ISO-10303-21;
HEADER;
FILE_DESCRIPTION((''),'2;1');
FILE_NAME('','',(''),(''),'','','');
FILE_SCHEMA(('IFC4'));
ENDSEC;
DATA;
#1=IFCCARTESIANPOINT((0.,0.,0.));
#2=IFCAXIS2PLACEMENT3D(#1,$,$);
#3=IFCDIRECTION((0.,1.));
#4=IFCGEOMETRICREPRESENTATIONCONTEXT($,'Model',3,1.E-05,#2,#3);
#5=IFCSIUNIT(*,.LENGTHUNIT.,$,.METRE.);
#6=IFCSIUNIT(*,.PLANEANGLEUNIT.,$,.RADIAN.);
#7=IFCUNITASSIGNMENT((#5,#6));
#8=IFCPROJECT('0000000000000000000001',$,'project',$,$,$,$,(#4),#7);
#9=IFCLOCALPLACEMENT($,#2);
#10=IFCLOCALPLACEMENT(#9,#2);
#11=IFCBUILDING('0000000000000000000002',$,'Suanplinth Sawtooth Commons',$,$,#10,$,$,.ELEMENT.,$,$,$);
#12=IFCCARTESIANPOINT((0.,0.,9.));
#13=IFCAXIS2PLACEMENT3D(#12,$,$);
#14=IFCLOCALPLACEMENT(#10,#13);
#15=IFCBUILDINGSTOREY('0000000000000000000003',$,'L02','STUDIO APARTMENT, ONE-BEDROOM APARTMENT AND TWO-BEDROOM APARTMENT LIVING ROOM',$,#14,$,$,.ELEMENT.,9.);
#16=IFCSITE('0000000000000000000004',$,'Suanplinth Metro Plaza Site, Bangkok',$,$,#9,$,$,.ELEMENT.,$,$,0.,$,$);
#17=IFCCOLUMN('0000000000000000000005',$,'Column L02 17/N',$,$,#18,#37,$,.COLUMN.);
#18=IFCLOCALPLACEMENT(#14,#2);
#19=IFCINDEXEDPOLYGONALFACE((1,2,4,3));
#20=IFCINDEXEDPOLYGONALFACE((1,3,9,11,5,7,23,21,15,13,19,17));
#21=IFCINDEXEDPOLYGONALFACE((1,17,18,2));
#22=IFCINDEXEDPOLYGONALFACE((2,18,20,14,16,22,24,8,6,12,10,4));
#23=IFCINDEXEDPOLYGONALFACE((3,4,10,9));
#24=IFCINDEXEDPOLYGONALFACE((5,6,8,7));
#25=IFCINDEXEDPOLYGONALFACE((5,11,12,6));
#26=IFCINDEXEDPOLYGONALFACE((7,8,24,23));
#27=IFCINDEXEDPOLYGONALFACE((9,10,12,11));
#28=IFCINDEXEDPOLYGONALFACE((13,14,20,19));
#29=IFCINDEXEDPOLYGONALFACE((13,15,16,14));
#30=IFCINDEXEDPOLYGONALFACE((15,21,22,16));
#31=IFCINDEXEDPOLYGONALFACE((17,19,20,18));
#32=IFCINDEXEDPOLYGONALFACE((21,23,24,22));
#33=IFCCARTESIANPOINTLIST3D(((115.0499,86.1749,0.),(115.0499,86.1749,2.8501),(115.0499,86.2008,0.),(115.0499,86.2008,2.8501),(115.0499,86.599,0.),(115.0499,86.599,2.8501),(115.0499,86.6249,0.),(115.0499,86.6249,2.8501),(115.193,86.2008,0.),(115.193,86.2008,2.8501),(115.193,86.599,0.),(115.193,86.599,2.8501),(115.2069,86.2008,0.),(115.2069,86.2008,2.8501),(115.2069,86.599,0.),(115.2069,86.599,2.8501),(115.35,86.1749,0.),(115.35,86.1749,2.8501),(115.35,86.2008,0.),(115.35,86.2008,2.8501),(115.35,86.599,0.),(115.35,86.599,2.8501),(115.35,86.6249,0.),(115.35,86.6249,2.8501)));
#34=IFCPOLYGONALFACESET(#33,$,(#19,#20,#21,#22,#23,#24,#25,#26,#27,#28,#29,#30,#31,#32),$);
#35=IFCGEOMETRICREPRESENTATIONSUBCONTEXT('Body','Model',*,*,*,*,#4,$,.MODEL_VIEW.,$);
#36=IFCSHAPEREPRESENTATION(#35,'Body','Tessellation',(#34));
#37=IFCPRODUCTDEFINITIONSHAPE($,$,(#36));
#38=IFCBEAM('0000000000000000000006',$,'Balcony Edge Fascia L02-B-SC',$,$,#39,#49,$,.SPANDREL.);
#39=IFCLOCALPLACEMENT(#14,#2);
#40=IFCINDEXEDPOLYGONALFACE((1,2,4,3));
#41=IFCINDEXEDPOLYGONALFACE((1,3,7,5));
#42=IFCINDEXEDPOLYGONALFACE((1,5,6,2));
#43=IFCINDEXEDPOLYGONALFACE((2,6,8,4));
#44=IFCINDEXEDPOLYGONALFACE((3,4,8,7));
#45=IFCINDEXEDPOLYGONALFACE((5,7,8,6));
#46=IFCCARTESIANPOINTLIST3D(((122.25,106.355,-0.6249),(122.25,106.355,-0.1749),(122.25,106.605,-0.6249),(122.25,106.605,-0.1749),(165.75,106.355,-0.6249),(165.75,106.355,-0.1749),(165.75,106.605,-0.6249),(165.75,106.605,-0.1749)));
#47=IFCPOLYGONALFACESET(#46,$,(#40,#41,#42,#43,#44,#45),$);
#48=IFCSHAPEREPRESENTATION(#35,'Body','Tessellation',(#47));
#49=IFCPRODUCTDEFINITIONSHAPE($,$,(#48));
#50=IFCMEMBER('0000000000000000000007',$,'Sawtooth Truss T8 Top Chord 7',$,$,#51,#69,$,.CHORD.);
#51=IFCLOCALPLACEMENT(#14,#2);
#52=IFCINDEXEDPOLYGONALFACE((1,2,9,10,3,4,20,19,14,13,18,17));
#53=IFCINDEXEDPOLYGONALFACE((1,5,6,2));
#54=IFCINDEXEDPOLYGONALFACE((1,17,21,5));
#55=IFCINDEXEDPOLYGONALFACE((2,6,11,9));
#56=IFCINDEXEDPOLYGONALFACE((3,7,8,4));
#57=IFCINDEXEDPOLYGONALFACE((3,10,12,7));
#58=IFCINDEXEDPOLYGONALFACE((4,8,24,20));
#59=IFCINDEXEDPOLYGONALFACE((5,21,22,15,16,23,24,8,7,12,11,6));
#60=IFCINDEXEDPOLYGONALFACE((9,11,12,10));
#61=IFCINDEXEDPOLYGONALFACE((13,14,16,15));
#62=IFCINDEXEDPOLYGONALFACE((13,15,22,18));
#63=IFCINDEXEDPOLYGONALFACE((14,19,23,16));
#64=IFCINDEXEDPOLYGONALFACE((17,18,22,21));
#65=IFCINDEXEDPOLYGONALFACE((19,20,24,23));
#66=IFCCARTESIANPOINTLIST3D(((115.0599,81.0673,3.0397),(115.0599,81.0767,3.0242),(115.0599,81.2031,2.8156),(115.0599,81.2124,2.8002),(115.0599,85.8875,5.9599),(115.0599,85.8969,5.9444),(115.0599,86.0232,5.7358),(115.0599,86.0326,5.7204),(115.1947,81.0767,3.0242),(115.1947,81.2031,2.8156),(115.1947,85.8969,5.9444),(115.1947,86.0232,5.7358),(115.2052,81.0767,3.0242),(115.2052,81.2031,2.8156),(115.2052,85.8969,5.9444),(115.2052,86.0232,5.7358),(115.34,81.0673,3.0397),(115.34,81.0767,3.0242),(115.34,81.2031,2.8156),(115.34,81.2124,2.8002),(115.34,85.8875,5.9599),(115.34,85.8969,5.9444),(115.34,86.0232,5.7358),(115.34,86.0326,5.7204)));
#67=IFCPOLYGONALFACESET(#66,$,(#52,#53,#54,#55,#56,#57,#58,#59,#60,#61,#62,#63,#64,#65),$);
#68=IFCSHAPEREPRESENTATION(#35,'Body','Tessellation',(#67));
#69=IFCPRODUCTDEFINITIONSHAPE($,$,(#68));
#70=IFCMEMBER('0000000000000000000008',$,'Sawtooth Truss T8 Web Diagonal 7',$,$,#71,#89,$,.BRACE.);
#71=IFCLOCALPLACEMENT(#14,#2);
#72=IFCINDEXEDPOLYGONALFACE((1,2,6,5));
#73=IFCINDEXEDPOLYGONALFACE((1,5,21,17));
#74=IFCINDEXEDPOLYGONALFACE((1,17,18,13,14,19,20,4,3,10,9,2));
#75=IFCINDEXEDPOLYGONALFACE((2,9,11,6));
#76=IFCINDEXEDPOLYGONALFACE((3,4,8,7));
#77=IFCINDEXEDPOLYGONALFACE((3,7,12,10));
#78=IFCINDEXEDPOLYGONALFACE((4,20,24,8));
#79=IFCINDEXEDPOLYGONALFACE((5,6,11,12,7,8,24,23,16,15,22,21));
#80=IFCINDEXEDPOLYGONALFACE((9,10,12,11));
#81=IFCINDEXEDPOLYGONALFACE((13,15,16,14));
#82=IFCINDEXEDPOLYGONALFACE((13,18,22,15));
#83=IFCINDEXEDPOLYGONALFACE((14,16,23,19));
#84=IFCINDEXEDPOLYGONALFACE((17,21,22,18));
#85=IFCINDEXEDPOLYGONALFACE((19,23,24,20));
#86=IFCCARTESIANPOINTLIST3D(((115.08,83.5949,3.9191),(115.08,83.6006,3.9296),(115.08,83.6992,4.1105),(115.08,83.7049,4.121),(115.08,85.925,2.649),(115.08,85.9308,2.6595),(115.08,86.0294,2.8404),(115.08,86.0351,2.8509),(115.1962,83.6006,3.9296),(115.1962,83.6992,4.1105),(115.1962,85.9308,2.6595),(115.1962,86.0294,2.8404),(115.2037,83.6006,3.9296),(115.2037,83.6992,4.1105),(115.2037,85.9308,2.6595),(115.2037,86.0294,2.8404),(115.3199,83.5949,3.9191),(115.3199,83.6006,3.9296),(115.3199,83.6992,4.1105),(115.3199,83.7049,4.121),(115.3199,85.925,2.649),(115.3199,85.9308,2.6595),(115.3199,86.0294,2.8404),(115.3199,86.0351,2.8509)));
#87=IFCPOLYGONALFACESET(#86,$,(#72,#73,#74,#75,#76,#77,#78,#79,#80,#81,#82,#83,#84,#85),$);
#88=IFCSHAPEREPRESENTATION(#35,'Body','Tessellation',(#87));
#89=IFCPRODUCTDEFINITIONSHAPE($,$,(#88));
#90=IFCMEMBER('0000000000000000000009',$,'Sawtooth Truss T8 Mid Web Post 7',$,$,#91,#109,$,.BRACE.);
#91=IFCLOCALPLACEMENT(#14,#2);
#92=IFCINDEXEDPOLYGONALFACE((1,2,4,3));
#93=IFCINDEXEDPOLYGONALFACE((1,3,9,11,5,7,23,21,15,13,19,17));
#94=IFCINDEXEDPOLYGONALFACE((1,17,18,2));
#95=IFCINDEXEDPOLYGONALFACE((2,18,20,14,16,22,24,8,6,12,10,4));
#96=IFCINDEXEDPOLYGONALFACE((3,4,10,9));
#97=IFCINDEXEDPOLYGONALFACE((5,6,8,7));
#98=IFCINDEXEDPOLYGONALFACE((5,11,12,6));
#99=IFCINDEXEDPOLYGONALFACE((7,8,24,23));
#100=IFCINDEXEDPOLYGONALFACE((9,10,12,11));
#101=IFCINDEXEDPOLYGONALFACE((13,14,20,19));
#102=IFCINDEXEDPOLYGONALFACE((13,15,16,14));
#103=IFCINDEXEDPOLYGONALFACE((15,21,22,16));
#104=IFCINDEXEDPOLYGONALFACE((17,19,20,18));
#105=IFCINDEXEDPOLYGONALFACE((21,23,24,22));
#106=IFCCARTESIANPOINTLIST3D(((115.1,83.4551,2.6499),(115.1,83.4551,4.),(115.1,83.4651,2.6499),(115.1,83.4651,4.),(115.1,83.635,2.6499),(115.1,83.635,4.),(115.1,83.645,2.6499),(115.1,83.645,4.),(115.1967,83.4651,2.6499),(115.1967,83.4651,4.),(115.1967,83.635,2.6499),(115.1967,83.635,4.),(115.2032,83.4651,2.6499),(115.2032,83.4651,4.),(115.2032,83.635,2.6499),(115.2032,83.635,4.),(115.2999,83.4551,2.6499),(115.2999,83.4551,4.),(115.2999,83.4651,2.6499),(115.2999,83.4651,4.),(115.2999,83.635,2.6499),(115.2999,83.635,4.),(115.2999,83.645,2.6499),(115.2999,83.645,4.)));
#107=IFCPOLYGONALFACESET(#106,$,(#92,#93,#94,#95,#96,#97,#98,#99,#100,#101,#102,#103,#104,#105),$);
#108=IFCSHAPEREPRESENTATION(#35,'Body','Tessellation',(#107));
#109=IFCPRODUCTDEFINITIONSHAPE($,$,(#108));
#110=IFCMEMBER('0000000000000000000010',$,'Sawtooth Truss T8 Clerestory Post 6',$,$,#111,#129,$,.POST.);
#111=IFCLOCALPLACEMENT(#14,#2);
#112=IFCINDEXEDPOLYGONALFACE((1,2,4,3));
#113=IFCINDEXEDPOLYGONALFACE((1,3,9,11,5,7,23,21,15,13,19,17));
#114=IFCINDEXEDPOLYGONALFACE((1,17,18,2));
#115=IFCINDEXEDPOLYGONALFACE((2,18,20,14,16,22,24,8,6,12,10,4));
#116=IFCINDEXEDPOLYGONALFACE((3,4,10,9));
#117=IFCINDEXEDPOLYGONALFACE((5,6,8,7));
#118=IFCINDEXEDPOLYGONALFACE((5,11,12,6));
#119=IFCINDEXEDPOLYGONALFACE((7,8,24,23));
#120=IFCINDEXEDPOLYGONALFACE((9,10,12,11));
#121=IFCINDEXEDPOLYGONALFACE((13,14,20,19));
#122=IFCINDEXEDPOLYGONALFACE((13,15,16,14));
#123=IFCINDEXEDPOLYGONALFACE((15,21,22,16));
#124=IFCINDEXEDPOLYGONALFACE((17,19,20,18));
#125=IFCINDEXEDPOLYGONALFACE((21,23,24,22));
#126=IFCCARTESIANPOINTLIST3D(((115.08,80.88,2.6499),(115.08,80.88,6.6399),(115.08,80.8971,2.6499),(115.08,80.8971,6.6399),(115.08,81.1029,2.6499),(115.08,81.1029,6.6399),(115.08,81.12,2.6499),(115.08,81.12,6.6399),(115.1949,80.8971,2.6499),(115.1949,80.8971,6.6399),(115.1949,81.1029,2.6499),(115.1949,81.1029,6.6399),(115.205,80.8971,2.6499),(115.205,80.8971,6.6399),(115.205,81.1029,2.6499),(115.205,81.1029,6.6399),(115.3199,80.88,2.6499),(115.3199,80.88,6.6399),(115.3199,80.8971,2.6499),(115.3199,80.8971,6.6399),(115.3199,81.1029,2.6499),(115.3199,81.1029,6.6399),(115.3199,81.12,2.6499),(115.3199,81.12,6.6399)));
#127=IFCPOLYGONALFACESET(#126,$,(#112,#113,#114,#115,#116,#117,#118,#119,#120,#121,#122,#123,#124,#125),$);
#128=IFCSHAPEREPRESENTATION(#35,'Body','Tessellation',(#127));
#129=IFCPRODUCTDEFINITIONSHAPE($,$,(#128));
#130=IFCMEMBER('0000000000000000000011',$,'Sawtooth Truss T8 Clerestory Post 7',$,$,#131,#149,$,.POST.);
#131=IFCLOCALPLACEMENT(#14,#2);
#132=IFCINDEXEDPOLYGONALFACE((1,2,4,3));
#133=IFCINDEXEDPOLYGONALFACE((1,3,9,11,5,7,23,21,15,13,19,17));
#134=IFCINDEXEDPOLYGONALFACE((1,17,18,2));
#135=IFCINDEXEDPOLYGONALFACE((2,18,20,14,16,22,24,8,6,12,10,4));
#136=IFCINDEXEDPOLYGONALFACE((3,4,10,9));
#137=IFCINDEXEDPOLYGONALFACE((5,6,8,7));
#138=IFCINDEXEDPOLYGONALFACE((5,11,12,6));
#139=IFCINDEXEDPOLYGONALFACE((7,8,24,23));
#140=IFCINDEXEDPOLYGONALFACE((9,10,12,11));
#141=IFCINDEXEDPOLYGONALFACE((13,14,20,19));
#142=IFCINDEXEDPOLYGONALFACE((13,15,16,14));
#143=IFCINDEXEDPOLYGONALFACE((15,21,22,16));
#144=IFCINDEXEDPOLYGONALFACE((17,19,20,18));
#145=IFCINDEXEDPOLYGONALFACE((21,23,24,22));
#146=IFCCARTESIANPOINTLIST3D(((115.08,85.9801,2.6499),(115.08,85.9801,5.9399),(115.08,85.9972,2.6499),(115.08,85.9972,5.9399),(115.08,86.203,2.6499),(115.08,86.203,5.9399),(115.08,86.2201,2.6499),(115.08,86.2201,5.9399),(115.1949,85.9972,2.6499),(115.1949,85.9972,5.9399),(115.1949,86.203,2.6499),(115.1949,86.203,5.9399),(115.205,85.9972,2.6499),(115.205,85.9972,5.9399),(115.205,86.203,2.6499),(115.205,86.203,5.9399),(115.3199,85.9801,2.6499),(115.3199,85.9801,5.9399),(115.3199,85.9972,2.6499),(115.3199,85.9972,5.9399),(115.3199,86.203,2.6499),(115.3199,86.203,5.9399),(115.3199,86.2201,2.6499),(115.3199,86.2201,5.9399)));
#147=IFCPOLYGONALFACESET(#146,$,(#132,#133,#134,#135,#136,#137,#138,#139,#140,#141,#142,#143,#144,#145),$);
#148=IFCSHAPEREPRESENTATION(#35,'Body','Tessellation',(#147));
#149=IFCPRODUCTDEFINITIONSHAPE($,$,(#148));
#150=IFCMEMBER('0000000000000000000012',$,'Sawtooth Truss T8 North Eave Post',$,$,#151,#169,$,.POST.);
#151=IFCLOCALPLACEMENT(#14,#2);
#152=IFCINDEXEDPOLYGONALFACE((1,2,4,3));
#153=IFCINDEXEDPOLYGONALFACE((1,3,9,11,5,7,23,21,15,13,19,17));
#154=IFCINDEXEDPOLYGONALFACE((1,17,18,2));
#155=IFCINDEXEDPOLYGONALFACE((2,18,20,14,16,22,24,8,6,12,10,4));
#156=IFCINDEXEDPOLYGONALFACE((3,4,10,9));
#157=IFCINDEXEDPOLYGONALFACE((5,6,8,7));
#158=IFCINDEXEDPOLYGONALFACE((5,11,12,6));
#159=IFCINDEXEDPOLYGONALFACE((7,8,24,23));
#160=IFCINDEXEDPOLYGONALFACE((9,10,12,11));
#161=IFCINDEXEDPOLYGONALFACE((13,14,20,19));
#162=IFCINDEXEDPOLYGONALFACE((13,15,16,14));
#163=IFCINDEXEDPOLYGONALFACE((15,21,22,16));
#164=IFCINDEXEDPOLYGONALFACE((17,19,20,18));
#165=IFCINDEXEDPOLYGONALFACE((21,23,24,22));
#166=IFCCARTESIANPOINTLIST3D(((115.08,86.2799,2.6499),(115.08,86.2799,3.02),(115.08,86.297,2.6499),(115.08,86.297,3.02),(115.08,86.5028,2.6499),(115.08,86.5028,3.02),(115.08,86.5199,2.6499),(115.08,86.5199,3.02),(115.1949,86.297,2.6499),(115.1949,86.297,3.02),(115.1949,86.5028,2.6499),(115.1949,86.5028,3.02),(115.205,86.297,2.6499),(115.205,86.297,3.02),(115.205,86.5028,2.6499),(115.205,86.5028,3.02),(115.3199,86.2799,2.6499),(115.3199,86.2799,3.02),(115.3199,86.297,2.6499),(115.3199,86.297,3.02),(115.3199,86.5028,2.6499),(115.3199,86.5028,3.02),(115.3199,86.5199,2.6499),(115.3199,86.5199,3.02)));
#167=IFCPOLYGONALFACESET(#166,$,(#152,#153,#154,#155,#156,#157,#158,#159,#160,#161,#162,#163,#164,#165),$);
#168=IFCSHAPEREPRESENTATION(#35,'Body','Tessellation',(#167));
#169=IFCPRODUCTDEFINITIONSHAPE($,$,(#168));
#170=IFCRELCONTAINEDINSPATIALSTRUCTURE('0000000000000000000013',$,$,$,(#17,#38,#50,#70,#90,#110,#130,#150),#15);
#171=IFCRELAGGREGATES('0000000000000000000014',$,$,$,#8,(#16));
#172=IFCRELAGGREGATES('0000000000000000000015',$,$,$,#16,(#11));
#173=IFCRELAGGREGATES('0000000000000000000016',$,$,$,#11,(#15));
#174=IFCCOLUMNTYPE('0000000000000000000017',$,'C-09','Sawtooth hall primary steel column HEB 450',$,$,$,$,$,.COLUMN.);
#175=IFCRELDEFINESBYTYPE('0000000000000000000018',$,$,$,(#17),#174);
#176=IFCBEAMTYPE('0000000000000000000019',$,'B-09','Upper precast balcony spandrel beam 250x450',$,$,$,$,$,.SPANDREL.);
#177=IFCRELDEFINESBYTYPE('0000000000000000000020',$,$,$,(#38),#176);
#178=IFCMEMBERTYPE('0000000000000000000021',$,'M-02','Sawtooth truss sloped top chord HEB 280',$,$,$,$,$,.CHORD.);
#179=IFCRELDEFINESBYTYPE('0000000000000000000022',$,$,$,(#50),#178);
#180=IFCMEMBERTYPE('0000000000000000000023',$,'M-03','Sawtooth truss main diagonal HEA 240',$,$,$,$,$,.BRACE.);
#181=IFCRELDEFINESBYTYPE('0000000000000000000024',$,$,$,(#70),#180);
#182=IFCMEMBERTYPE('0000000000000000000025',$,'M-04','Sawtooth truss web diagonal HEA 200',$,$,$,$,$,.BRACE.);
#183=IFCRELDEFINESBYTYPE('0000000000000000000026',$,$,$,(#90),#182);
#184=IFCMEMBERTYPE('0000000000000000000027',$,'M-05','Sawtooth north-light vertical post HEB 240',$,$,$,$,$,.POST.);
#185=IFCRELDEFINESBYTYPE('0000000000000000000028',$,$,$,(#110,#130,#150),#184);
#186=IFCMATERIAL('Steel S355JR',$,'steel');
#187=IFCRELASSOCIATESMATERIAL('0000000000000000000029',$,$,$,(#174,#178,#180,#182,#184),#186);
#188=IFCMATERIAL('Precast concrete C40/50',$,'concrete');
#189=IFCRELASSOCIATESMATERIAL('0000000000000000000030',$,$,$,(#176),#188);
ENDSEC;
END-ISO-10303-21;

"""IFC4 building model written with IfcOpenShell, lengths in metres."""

from ifc_helpers import new_model, si_unit, direction, frame, origin, origin_2d, place, context, subcontext, project, spatial, rectangle, i_section, extrude, material, material_profile, profile_set, type_object, element, save


model = new_model("IFC4")

# Units and contexts
model_context = context("Model", 3, precision=1e-05, world=origin(), true_north=direction((0.0, 1.0)))
body_context = subcontext(model_context, "Body", "Model", "MODEL_VIEW")
ifc_project = project(units=[si_unit("LENGTHUNIT", "METRE"), si_unit("PLANEANGLEUNIT", "RADIAN")], contexts=[model_context])

# Site, building, storey
site_placement = place(None, origin())
site = spatial("IfcSite", under=ifc_project, at=site_placement, Name="Suanplinth Metro Plaza Site, Bangkok", CompositionType="ELEMENT", RefElevation=0.0)
building_placement = place(site_placement, origin())
building = spatial("IfcBuilding", under=site, at=building_placement, Name="Suanplinth Sawtooth Commons", CompositionType="ELEMENT")
storey_placement = place(building_placement, frame((0.0, 0.0, 9.0)))
storey = spatial("IfcBuildingStorey", under=building, at=storey_placement, Name="L02", Description="STUDIO APARTMENT, ONE-BEDROOM APARTMENT AND TWO-BEDROOM APARTMENT LIVING ROOM", CompositionType="ELEMENT", Elevation=9.0)

# Column
ifc_material_1 = material(Name="Steel S355JR", Category="steel")
ifc_material_profile_1 = material_profile(ifc_material_1, i_section(OverallWidth=0.3, OverallDepth=0.45, WebThickness=0.0139, FlangeThickness=0.0259, at=origin_2d()), Name="HEB 450")
ifc_profile_set_1 = profile_set([ifc_material_profile_1], Name="Steel S355JR")
column_type = type_object("IfcColumnType", Name="C-09", Description="Sawtooth hall primary steel column HEB 450", PredefinedType="COLUMN", material=ifc_profile_set_1)
column_placement = place(storey_placement, frame((115.2, 86.3999, 0.0), z_axis=(0.0, 0.0, 1.0), x_axis=(1.0, 0.0, 0.0)))
element("IfcColumn", 1, at=column_placement, inside=storey, type_object=column_type, Name="Column L02 17/N", PredefinedType="COLUMN", context=body_context, shape_type="SweptSolid", body=[
    extrude(i_section(OverallWidth=0.3, OverallDepth=0.45, WebThickness=0.0139, FlangeThickness=0.0259, at=origin_2d()), origin(), (0.0, 0.0, 1.0), 2.8501),
])

# Beam
ifc_material_2 = material(Name="Precast concrete C40/50", Category="concrete")
ifc_material_profile_2 = material_profile(ifc_material_2, rectangle(XDim=0.25, YDim=0.45, at=origin_2d()), Name="PC-SP 250x450")
ifc_profile_set_2 = profile_set([ifc_material_profile_2], Name="Precast concrete C40/50")
beam_type = type_object("IfcBeamType", Name="B-09", Description="Upper precast balcony spandrel beam 250x450", PredefinedType="SPANDREL", material=ifc_profile_set_2)
beam_placement = place(storey_placement, frame((122.25, 106.48, -0.3999), z_axis=(1.0, 0.0, 0.0), x_axis=(0.0, 1.0, 0.0)))
element("IfcBeam", 2, at=beam_placement, inside=storey, type_object=beam_type, Name="Balcony Edge Fascia L02-B-SC", PredefinedType="SPANDREL", context=body_context, shape_type="SweptSolid", body=[
    extrude(rectangle(XDim=0.25, YDim=0.45, at=origin_2d()), origin(), (0.0, 0.0, 1.0), 43.5),
])

# Members
ifc_material_profile_3 = material_profile(ifc_material_1, i_section(OverallWidth=0.28, OverallDepth=0.28, WebThickness=0.0105, FlangeThickness=0.0181, at=origin_2d()), Name="HEB 280")
ifc_profile_set_3 = profile_set([ifc_material_profile_3], Name="Steel S355JR")
member_type_1 = type_object("IfcMemberType", Name="M-02", Description="Sawtooth truss sloped top chord HEB 280", PredefinedType="CHORD", material=ifc_profile_set_3)
member_1_placement = place(storey_placement, frame((115.2, 81.1399, 2.9199), z_axis=(0.0, 0.855283, 0.518161), x_axis=(-1.0, 0.0, 0.0)))
element("IfcMember", 3, at=member_1_placement, inside=storey, type_object=member_type_1, Name="Sawtooth Truss T8 Top Chord 7", PredefinedType="CHORD", context=body_context, shape_type="SweptSolid", body=[
    extrude(i_section(OverallWidth=0.28, OverallDepth=0.28, WebThickness=0.0105, FlangeThickness=0.0181, at=origin_2d()), origin(), (0.0, 0.0, 1.0), 5.6357),
])
ifc_material_profile_4 = material_profile(ifc_material_1, i_section(OverallWidth=0.24, OverallDepth=0.23, WebThickness=0.0076, FlangeThickness=0.012, at=origin_2d()), Name="HEA 240")
ifc_profile_set_4 = profile_set([ifc_material_profile_4], Name="Steel S355JR")
member_type_2 = type_object("IfcMemberType", Name="M-03", Description="Sawtooth truss main diagonal HEA 240", PredefinedType="BRACE", material=ifc_profile_set_4)
member_2_placement = place(storey_placement, frame((115.2, 83.6499, 4.02), z_axis=(0.0, 0.878043, -0.478581), x_axis=(-1.0, 0.0, 0.0)))
element("IfcMember", 4, at=member_2_placement, inside=storey, type_object=member_type_2, Name="Sawtooth Truss T8 Web Diagonal 7", PredefinedType="BRACE", context=body_context, shape_type="SweptSolid", body=[
    extrude(i_section(OverallWidth=0.24, OverallDepth=0.23, WebThickness=0.0076, FlangeThickness=0.012, at=origin_2d()), origin(), (0.0, 0.0, 1.0), 2.6538),
])
ifc_material_profile_5 = material_profile(ifc_material_1, i_section(OverallWidth=0.2, OverallDepth=0.1899, WebThickness=0.0066, FlangeThickness=0.01, at=origin_2d()), Name="HEA 200")
ifc_profile_set_5 = profile_set([ifc_material_profile_5], Name="Steel S355JR")
member_type_3 = type_object("IfcMemberType", Name="M-04", Description="Sawtooth truss web diagonal HEA 200", PredefinedType="BRACE", material=ifc_profile_set_5)
member_3_placement = place(storey_placement, frame((115.2, 83.55, 2.6499), z_axis=(0.0, 0.0, 1.0), x_axis=(1.0, 0.0, 0.0)))
element("IfcMember", 5, at=member_3_placement, inside=storey, type_object=member_type_3, Name="Sawtooth Truss T8 Mid Web Post 7", PredefinedType="BRACE", context=body_context, shape_type="SweptSolid", body=[
    extrude(i_section(OverallWidth=0.2, OverallDepth=0.1899, WebThickness=0.0066, FlangeThickness=0.01, at=origin_2d()), origin(), (0.0, 0.0, 1.0), 1.3501),
])
ifc_material_profile_6 = material_profile(ifc_material_1, i_section(OverallWidth=0.24, OverallDepth=0.24, WebThickness=0.01, FlangeThickness=0.0171, at=origin_2d()), Name="HEB 240")
ifc_profile_set_6 = profile_set([ifc_material_profile_6], Name="Steel S355JR")
member_type_4 = type_object("IfcMemberType", Name="M-05", Description="Sawtooth north-light vertical post HEB 240", PredefinedType="POST", material=ifc_profile_set_6)
member_4_placement = place(storey_placement, frame((115.2, 81.0, 2.6499), z_axis=(0.0, 0.0, 1.0), x_axis=(1.0, 0.0, 0.0)))
element("IfcMember", 6, at=member_4_placement, inside=storey, type_object=member_type_4, Name="Sawtooth Truss T8 Clerestory Post 6", PredefinedType="POST", context=body_context, shape_type="SweptSolid", body=[
    extrude(i_section(OverallWidth=0.24, OverallDepth=0.24, WebThickness=0.01, FlangeThickness=0.0171, at=origin_2d()), origin(), (0.0, 0.0, 1.0), 3.99),
])
member_5_placement = place(storey_placement, frame((115.2, 86.1001, 2.6499), z_axis=(0.0, 0.0, 1.0), x_axis=(1.0, 0.0, 0.0)))
element("IfcMember", 7, at=member_5_placement, inside=storey, type_object=member_type_4, Name="Sawtooth Truss T8 Clerestory Post 7", PredefinedType="POST", context=body_context, shape_type="SweptSolid", body=[
    extrude(i_section(OverallWidth=0.24, OverallDepth=0.24, WebThickness=0.01, FlangeThickness=0.0171, at=origin_2d()), origin(), (0.0, 0.0, 1.0), 3.29),
])
member_6_placement = place(storey_placement, frame((115.2, 86.3999, 2.6499), z_axis=(0.0, 0.0, 1.0), x_axis=(1.0, 0.0, 0.0)))
element("IfcMember", 8, at=member_6_placement, inside=storey, type_object=member_type_4, Name="Sawtooth Truss T8 North Eave Post", PredefinedType="POST", context=body_context, shape_type="SweptSolid", body=[
    extrude(i_section(OverallWidth=0.24, OverallDepth=0.24, WebThickness=0.01, FlangeThickness=0.0171, at=origin_2d()), origin(), (0.0, 0.0, 1.0), 0.3701),
])

save(model, "model.ifc")
